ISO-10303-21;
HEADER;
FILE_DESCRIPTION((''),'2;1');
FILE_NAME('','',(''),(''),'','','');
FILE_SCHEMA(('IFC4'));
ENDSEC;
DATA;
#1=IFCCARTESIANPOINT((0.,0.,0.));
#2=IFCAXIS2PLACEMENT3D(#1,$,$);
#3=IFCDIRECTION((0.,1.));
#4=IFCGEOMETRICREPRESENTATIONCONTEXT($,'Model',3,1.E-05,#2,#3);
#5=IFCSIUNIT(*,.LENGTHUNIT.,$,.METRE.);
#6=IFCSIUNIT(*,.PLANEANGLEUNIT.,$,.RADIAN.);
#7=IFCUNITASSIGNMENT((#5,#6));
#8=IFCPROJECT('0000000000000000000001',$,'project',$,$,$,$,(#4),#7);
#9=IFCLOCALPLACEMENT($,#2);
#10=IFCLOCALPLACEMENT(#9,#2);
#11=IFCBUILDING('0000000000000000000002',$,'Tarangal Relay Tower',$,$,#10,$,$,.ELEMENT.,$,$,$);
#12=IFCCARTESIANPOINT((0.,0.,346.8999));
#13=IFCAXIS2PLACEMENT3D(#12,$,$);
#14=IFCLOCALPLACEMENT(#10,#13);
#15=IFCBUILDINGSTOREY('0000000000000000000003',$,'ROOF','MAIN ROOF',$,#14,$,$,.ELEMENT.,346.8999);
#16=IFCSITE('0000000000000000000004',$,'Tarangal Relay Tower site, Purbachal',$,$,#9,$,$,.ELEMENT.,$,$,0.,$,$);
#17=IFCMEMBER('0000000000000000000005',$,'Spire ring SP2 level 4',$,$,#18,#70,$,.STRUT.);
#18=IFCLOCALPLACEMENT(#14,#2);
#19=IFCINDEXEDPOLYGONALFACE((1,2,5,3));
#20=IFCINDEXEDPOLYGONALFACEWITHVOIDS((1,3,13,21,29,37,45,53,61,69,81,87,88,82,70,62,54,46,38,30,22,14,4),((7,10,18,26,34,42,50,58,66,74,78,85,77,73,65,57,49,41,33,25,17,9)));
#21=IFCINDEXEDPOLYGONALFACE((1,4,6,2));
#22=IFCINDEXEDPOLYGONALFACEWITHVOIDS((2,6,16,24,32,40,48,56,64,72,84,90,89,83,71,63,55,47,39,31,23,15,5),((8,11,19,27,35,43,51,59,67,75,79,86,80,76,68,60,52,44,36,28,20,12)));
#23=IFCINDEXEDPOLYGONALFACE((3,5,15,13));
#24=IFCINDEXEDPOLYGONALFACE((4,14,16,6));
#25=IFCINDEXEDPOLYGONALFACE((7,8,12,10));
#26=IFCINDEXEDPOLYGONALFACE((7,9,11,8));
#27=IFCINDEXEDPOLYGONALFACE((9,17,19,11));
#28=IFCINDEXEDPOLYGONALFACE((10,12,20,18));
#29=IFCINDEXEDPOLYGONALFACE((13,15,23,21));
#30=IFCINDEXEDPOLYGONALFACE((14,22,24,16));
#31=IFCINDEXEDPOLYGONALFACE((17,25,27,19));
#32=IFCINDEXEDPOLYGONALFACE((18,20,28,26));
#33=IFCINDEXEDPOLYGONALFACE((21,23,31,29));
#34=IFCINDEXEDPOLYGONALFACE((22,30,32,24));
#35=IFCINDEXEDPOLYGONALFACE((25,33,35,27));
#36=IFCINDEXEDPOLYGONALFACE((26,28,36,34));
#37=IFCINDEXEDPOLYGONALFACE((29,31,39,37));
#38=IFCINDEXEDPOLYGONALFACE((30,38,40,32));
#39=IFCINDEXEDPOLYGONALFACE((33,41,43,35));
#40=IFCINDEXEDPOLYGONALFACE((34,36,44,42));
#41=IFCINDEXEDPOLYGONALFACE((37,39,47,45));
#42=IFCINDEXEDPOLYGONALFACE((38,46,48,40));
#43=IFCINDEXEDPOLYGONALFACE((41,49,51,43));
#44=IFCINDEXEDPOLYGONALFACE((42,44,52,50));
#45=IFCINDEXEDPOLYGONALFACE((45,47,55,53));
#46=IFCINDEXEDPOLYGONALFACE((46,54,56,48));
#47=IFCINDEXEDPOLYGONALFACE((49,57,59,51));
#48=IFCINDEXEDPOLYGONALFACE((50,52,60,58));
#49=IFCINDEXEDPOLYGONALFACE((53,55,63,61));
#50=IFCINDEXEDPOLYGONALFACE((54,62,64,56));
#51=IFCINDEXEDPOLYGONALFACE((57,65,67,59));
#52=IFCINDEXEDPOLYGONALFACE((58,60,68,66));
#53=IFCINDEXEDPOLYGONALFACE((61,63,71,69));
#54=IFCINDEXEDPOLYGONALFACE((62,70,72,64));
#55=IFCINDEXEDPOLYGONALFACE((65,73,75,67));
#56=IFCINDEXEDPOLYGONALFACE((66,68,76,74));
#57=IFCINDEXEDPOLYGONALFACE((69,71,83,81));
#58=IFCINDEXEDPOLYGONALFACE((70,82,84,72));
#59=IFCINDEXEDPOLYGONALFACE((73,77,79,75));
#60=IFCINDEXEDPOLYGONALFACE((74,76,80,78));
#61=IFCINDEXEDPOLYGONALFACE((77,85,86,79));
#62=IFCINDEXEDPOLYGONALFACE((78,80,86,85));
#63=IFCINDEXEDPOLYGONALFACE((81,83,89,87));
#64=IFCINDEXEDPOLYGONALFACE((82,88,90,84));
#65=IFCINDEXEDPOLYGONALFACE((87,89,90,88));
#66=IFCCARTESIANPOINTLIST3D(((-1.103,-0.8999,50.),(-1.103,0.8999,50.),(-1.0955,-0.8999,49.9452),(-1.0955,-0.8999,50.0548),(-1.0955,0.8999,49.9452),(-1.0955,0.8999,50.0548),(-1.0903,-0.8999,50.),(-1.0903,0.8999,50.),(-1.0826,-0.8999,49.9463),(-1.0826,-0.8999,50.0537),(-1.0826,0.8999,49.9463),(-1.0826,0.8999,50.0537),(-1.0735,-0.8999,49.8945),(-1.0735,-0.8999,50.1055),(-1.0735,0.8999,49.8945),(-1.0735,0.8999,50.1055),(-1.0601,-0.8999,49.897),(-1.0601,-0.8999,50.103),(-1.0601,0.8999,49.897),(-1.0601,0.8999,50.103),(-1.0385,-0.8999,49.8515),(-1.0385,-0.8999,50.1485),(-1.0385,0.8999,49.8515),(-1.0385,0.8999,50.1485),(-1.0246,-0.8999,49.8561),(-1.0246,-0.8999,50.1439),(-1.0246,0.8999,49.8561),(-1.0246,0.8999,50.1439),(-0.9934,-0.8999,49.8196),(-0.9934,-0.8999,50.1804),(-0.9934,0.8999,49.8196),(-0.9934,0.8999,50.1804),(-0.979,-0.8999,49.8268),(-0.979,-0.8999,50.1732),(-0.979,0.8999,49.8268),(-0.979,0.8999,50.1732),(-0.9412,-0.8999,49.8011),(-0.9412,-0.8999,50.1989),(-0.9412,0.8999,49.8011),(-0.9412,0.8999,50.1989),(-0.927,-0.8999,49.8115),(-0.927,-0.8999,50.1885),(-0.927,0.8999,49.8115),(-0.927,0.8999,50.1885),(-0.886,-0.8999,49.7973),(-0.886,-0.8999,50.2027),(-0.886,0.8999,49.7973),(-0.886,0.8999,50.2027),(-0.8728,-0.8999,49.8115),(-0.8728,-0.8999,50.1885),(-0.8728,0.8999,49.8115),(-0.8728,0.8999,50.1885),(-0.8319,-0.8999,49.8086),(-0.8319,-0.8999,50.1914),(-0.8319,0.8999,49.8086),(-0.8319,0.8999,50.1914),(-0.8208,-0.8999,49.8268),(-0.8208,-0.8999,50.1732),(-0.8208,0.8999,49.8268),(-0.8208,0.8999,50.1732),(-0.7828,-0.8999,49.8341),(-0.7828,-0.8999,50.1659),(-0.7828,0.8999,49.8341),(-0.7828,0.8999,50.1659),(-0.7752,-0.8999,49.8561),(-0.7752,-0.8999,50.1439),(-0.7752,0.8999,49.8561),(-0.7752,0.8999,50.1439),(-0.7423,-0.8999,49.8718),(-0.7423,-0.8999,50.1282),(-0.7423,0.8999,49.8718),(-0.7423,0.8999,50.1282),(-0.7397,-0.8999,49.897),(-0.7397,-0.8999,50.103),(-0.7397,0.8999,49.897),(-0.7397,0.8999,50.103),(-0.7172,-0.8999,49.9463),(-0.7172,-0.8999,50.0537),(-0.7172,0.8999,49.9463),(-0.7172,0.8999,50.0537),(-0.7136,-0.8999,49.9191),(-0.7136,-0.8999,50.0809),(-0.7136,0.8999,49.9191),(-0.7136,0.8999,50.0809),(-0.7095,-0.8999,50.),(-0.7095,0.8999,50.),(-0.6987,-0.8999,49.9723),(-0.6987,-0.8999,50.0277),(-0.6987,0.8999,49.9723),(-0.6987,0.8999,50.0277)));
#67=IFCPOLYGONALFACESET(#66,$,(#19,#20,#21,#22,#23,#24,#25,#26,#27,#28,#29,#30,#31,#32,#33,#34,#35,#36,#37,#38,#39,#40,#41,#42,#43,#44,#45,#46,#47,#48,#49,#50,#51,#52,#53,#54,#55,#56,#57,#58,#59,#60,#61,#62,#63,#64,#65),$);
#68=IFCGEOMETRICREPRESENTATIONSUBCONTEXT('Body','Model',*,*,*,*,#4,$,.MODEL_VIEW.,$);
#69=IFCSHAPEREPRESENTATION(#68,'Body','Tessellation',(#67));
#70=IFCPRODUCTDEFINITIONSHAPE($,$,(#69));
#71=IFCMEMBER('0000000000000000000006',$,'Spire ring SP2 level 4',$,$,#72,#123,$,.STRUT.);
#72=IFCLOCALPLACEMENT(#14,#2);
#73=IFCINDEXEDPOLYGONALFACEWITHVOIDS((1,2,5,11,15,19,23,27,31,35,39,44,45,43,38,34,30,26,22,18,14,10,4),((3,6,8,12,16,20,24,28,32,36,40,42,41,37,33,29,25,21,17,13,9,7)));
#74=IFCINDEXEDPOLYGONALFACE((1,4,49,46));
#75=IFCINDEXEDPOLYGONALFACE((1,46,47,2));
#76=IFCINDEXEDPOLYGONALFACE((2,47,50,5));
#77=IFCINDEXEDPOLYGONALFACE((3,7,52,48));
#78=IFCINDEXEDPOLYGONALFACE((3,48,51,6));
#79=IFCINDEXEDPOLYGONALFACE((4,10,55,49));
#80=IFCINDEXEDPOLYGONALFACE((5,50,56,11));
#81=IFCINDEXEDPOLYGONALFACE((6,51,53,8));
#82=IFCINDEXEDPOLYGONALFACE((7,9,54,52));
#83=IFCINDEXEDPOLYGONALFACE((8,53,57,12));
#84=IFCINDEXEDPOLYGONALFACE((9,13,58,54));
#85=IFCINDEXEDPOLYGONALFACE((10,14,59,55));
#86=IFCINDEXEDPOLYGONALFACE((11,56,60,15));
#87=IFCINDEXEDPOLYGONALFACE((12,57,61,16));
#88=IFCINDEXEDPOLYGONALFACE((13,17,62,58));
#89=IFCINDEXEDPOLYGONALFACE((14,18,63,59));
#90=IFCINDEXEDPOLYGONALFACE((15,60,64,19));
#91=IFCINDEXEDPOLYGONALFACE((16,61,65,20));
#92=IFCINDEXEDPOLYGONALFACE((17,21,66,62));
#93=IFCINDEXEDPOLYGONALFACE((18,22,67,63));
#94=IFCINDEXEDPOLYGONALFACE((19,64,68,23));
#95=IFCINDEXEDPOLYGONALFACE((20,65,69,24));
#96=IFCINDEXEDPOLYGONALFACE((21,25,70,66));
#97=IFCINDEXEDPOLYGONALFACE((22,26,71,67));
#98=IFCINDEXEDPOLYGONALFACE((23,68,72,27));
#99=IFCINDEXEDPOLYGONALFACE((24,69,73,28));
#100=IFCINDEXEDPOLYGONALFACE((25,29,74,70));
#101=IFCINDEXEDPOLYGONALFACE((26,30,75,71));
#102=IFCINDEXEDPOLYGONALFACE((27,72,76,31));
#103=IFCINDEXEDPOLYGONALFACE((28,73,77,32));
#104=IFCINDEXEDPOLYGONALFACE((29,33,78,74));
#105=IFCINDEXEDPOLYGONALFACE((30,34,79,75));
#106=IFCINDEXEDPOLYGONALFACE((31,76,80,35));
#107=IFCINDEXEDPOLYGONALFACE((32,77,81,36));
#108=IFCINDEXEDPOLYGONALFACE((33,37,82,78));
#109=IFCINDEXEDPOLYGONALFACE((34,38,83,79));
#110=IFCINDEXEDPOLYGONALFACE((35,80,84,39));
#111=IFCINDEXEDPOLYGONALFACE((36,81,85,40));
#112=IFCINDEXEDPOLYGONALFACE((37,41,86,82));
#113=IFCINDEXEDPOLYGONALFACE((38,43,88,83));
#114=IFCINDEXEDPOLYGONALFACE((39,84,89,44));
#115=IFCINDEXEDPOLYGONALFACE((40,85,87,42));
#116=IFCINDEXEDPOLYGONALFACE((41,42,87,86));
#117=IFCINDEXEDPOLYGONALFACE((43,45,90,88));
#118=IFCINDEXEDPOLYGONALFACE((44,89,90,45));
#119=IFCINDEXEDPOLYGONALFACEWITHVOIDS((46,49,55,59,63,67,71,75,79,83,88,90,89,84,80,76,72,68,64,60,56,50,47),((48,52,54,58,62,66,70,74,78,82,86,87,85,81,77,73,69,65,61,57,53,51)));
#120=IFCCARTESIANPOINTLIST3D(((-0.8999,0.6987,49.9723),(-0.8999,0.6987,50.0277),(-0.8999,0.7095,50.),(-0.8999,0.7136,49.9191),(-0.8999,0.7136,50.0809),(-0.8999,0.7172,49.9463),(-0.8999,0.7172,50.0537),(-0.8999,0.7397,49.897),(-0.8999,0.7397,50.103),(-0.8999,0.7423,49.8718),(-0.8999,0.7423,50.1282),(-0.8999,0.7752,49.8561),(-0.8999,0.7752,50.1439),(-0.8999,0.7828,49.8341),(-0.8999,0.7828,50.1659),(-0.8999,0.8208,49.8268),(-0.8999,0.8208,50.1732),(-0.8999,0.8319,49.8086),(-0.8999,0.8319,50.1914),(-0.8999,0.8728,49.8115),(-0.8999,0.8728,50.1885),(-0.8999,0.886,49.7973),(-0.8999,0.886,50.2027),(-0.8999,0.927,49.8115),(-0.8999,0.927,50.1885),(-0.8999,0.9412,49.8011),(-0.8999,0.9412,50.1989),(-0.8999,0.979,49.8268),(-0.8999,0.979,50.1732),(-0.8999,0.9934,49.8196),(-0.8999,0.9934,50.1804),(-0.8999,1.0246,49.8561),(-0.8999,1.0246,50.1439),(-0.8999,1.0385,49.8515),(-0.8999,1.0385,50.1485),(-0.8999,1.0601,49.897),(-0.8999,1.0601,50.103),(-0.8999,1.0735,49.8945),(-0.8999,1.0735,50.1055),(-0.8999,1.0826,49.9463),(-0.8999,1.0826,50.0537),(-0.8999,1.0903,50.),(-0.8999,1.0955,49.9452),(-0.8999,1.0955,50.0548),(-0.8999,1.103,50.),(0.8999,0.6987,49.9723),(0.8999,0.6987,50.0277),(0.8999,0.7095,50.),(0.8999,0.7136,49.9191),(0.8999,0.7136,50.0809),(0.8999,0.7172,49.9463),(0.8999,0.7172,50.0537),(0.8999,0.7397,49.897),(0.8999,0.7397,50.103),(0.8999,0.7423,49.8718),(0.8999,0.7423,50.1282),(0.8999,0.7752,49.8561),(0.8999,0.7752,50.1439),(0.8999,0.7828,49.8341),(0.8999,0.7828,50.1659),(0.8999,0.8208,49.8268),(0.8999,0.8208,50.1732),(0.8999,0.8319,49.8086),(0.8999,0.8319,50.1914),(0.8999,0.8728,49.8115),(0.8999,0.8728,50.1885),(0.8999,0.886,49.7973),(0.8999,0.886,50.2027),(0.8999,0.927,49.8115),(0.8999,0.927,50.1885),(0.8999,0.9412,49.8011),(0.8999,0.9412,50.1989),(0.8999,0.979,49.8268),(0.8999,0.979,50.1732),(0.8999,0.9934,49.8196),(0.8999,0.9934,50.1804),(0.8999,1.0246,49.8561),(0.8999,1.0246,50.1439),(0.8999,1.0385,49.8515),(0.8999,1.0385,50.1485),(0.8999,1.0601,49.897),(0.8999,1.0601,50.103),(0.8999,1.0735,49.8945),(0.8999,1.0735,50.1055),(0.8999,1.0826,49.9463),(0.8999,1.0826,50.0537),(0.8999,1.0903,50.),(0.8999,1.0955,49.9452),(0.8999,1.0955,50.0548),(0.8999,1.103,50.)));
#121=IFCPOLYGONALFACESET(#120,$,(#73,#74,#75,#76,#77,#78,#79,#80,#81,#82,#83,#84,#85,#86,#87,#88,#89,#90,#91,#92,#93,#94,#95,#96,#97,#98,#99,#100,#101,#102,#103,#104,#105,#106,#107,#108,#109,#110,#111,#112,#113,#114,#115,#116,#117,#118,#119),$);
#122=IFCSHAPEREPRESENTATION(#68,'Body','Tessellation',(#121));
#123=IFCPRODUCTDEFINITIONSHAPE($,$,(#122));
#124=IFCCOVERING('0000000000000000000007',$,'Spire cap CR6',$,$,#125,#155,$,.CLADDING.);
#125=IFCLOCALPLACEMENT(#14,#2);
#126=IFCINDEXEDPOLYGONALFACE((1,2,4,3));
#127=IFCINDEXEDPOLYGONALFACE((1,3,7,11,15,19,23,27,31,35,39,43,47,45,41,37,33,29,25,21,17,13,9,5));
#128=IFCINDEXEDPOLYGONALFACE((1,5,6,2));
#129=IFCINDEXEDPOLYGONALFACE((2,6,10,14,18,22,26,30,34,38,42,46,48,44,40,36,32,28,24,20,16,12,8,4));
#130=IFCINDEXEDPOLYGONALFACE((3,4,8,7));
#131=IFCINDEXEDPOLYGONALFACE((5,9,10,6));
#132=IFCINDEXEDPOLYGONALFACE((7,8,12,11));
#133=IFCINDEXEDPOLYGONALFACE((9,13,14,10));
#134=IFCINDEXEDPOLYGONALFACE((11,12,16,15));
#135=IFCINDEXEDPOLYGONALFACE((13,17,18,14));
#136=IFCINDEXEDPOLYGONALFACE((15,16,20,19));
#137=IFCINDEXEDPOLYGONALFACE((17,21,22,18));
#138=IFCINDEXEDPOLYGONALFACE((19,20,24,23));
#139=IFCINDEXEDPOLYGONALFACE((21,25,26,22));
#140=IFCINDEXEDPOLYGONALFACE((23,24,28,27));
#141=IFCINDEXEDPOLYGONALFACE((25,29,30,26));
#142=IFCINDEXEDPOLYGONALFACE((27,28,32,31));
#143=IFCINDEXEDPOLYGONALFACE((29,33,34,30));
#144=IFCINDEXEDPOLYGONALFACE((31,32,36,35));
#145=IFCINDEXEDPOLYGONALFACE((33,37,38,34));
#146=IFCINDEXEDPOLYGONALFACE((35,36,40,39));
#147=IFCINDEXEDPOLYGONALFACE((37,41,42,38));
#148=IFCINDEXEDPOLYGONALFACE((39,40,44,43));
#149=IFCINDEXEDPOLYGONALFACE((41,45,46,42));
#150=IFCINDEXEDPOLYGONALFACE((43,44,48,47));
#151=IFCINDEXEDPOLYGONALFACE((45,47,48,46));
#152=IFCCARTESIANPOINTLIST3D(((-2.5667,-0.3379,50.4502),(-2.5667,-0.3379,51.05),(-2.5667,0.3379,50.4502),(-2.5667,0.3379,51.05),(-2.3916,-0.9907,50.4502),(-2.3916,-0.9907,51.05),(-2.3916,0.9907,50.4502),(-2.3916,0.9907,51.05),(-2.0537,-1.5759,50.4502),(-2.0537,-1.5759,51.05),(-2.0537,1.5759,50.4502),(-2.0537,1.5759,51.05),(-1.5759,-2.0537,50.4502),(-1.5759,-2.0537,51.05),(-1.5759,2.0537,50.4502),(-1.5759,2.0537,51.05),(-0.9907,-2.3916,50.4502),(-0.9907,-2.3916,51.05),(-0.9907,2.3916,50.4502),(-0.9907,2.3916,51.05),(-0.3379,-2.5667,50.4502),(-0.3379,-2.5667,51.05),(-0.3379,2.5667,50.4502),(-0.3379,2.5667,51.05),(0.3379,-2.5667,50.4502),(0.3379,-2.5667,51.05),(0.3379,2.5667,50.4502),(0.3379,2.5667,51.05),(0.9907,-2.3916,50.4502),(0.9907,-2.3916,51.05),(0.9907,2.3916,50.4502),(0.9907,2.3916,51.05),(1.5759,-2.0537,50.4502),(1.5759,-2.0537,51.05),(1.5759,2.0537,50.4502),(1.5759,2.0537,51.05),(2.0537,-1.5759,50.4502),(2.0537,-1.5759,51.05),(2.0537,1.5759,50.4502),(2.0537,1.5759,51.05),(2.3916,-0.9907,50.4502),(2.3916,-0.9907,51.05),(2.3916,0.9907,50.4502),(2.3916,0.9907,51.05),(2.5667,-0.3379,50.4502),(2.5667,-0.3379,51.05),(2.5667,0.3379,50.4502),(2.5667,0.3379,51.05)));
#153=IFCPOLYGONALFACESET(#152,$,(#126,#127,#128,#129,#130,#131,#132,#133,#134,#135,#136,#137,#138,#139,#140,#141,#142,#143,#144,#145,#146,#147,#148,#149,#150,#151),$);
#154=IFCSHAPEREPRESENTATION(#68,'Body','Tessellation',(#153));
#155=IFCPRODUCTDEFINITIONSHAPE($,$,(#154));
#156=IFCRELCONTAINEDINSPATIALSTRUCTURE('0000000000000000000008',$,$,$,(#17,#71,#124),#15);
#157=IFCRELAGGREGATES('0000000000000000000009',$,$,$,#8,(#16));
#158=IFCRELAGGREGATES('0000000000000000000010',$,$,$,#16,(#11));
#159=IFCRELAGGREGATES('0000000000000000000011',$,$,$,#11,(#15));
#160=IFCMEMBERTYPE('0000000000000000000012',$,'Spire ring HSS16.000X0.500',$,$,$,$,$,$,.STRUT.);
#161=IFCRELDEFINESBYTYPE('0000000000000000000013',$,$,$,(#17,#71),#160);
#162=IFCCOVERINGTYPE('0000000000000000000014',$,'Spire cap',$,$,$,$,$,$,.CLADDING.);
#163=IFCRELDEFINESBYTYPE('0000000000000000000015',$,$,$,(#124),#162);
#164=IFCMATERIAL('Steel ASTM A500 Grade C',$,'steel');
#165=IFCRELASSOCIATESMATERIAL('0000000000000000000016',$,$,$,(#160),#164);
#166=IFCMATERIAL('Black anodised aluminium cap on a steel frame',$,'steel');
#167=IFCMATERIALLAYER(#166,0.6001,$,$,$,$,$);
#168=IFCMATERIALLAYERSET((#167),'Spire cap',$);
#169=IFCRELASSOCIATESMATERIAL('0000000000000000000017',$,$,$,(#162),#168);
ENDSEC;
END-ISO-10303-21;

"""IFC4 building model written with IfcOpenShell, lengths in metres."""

from ifc_helpers import new_model, si_unit, direction, frame, origin, origin_2d, place, context, subcontext, project, spatial, polyline, hollow_circle, outline, extrude, material, layer, layer_set, material_profile, profile_set, type_object, element, save


model = new_model("IFC4")

# Units and contexts
model_context = context("Model", 3, precision=1e-05, world=origin(), true_north=direction((0.0, 1.0)))
body_context = subcontext(model_context, "Body", "Model", "MODEL_VIEW")
ifc_project = project(units=[si_unit("LENGTHUNIT", "METRE"), si_unit("PLANEANGLEUNIT", "RADIAN")], contexts=[model_context])

# Site, building, storey
site_placement = place(None, origin())
site = spatial("IfcSite", under=ifc_project, at=site_placement, Name="Tarangal Relay Tower site, Purbachal", CompositionType="ELEMENT", RefElevation=0.0)
building_placement = place(site_placement, origin())
building = spatial("IfcBuilding", under=site, at=building_placement, Name="Tarangal Relay Tower", CompositionType="ELEMENT")
storey_placement = place(building_placement, frame((0.0, 0.0, 346.8999)))
storey = spatial("IfcBuildingStorey", under=building, at=storey_placement, Name="ROOF", Description="MAIN ROOF", CompositionType="ELEMENT", Elevation=346.8999)

# Members
ifc_material_1 = material(Name="Steel ASTM A500 Grade C", Category="steel")
ifc_material_profile_1 = material_profile(ifc_material_1, hollow_circle(Radius=0.2031, WallThickness=0.0127, at=origin_2d()), Name="HSS16.000X0.500")
ifc_profile_set_1 = profile_set([ifc_material_profile_1], Name="Steel ASTM A500 Grade C")
member_type_1 = type_object("IfcMemberType", Name="Spire ring HSS16.000X0.500", PredefinedType="STRUT", material=ifc_profile_set_1)
for number, where, z_axis, x_axis, name in (
    (1, (-0.8999, -0.8999, 50.0), (0.0, 1.0, 0.0), (-1.0, 0.0, 0.0), "Spire ring SP2 level 4"),
    (2, (-0.8999, 0.8999, 50.0), (1.0, 0.0, 0.0), (0.0, 1.0, 0.0), "Spire ring SP2 level 4"),
):
    element("IfcMember", number, at=place(storey_placement, frame(where, z_axis=z_axis, x_axis=x_axis)), inside=storey, type_object=member_type_1, Name=name, PredefinedType="STRUT", context=body_context, shape_type="SweptSolid", body=[
        extrude(hollow_circle(Radius=0.2031, WallThickness=0.0127, at=origin_2d()), origin(), (0.0, 0.0, 1.0), 1.7998),
    ])

# Covering
ifc_material_2 = material(Name="Black anodised aluminium cap on a steel frame", Category="steel")
ifc_layer_1 = layer(ifc_material_2, 0.6001)
ifc_layer_set_1 = layer_set([ifc_layer_1], Name="Spire cap")
covering_type_1 = type_object("IfcCoveringType", Name="Spire cap", PredefinedType="CLADDING", material=ifc_layer_set_1)
covering_1_placement = place(storey_placement, frame((0.0, 0.0, 50.4502)))
element("IfcCovering", 3, at=covering_1_placement, inside=storey, type_object=covering_type_1, Name="Spire cap CR6", PredefinedType="CLADDING", context=body_context, shape_type="SweptSolid", body=[
    extrude(outline(polyline([(2.5667, 0.3379), (2.3916, 0.9907), (2.0537, 1.5759), (1.5759, 2.0537), (0.9907, 2.3916), (0.3379, 2.5667), (-0.3379, 2.5667), (-0.9907, 2.3916), (-1.5759, 2.0537), (-2.0537, 1.5759), (-2.3916, 0.9907), (-2.5667, 0.3379), (-2.5667, -0.3379), (-2.3916, -0.9907), (-2.0537, -1.5759), (-1.5759, -2.0537), (-0.9907, -2.3916), (-0.3379, -2.5667), (0.3379, -2.5667), (0.9907, -2.3916), (1.5759, -2.0537), (2.0537, -1.5759), (2.3916, -0.9907), (2.5667, -0.3379), (2.5667, 0.3379)])), origin(), (0.0, 0.0, 1.0), 0.5999),
])

save(model, "model.ifc")
